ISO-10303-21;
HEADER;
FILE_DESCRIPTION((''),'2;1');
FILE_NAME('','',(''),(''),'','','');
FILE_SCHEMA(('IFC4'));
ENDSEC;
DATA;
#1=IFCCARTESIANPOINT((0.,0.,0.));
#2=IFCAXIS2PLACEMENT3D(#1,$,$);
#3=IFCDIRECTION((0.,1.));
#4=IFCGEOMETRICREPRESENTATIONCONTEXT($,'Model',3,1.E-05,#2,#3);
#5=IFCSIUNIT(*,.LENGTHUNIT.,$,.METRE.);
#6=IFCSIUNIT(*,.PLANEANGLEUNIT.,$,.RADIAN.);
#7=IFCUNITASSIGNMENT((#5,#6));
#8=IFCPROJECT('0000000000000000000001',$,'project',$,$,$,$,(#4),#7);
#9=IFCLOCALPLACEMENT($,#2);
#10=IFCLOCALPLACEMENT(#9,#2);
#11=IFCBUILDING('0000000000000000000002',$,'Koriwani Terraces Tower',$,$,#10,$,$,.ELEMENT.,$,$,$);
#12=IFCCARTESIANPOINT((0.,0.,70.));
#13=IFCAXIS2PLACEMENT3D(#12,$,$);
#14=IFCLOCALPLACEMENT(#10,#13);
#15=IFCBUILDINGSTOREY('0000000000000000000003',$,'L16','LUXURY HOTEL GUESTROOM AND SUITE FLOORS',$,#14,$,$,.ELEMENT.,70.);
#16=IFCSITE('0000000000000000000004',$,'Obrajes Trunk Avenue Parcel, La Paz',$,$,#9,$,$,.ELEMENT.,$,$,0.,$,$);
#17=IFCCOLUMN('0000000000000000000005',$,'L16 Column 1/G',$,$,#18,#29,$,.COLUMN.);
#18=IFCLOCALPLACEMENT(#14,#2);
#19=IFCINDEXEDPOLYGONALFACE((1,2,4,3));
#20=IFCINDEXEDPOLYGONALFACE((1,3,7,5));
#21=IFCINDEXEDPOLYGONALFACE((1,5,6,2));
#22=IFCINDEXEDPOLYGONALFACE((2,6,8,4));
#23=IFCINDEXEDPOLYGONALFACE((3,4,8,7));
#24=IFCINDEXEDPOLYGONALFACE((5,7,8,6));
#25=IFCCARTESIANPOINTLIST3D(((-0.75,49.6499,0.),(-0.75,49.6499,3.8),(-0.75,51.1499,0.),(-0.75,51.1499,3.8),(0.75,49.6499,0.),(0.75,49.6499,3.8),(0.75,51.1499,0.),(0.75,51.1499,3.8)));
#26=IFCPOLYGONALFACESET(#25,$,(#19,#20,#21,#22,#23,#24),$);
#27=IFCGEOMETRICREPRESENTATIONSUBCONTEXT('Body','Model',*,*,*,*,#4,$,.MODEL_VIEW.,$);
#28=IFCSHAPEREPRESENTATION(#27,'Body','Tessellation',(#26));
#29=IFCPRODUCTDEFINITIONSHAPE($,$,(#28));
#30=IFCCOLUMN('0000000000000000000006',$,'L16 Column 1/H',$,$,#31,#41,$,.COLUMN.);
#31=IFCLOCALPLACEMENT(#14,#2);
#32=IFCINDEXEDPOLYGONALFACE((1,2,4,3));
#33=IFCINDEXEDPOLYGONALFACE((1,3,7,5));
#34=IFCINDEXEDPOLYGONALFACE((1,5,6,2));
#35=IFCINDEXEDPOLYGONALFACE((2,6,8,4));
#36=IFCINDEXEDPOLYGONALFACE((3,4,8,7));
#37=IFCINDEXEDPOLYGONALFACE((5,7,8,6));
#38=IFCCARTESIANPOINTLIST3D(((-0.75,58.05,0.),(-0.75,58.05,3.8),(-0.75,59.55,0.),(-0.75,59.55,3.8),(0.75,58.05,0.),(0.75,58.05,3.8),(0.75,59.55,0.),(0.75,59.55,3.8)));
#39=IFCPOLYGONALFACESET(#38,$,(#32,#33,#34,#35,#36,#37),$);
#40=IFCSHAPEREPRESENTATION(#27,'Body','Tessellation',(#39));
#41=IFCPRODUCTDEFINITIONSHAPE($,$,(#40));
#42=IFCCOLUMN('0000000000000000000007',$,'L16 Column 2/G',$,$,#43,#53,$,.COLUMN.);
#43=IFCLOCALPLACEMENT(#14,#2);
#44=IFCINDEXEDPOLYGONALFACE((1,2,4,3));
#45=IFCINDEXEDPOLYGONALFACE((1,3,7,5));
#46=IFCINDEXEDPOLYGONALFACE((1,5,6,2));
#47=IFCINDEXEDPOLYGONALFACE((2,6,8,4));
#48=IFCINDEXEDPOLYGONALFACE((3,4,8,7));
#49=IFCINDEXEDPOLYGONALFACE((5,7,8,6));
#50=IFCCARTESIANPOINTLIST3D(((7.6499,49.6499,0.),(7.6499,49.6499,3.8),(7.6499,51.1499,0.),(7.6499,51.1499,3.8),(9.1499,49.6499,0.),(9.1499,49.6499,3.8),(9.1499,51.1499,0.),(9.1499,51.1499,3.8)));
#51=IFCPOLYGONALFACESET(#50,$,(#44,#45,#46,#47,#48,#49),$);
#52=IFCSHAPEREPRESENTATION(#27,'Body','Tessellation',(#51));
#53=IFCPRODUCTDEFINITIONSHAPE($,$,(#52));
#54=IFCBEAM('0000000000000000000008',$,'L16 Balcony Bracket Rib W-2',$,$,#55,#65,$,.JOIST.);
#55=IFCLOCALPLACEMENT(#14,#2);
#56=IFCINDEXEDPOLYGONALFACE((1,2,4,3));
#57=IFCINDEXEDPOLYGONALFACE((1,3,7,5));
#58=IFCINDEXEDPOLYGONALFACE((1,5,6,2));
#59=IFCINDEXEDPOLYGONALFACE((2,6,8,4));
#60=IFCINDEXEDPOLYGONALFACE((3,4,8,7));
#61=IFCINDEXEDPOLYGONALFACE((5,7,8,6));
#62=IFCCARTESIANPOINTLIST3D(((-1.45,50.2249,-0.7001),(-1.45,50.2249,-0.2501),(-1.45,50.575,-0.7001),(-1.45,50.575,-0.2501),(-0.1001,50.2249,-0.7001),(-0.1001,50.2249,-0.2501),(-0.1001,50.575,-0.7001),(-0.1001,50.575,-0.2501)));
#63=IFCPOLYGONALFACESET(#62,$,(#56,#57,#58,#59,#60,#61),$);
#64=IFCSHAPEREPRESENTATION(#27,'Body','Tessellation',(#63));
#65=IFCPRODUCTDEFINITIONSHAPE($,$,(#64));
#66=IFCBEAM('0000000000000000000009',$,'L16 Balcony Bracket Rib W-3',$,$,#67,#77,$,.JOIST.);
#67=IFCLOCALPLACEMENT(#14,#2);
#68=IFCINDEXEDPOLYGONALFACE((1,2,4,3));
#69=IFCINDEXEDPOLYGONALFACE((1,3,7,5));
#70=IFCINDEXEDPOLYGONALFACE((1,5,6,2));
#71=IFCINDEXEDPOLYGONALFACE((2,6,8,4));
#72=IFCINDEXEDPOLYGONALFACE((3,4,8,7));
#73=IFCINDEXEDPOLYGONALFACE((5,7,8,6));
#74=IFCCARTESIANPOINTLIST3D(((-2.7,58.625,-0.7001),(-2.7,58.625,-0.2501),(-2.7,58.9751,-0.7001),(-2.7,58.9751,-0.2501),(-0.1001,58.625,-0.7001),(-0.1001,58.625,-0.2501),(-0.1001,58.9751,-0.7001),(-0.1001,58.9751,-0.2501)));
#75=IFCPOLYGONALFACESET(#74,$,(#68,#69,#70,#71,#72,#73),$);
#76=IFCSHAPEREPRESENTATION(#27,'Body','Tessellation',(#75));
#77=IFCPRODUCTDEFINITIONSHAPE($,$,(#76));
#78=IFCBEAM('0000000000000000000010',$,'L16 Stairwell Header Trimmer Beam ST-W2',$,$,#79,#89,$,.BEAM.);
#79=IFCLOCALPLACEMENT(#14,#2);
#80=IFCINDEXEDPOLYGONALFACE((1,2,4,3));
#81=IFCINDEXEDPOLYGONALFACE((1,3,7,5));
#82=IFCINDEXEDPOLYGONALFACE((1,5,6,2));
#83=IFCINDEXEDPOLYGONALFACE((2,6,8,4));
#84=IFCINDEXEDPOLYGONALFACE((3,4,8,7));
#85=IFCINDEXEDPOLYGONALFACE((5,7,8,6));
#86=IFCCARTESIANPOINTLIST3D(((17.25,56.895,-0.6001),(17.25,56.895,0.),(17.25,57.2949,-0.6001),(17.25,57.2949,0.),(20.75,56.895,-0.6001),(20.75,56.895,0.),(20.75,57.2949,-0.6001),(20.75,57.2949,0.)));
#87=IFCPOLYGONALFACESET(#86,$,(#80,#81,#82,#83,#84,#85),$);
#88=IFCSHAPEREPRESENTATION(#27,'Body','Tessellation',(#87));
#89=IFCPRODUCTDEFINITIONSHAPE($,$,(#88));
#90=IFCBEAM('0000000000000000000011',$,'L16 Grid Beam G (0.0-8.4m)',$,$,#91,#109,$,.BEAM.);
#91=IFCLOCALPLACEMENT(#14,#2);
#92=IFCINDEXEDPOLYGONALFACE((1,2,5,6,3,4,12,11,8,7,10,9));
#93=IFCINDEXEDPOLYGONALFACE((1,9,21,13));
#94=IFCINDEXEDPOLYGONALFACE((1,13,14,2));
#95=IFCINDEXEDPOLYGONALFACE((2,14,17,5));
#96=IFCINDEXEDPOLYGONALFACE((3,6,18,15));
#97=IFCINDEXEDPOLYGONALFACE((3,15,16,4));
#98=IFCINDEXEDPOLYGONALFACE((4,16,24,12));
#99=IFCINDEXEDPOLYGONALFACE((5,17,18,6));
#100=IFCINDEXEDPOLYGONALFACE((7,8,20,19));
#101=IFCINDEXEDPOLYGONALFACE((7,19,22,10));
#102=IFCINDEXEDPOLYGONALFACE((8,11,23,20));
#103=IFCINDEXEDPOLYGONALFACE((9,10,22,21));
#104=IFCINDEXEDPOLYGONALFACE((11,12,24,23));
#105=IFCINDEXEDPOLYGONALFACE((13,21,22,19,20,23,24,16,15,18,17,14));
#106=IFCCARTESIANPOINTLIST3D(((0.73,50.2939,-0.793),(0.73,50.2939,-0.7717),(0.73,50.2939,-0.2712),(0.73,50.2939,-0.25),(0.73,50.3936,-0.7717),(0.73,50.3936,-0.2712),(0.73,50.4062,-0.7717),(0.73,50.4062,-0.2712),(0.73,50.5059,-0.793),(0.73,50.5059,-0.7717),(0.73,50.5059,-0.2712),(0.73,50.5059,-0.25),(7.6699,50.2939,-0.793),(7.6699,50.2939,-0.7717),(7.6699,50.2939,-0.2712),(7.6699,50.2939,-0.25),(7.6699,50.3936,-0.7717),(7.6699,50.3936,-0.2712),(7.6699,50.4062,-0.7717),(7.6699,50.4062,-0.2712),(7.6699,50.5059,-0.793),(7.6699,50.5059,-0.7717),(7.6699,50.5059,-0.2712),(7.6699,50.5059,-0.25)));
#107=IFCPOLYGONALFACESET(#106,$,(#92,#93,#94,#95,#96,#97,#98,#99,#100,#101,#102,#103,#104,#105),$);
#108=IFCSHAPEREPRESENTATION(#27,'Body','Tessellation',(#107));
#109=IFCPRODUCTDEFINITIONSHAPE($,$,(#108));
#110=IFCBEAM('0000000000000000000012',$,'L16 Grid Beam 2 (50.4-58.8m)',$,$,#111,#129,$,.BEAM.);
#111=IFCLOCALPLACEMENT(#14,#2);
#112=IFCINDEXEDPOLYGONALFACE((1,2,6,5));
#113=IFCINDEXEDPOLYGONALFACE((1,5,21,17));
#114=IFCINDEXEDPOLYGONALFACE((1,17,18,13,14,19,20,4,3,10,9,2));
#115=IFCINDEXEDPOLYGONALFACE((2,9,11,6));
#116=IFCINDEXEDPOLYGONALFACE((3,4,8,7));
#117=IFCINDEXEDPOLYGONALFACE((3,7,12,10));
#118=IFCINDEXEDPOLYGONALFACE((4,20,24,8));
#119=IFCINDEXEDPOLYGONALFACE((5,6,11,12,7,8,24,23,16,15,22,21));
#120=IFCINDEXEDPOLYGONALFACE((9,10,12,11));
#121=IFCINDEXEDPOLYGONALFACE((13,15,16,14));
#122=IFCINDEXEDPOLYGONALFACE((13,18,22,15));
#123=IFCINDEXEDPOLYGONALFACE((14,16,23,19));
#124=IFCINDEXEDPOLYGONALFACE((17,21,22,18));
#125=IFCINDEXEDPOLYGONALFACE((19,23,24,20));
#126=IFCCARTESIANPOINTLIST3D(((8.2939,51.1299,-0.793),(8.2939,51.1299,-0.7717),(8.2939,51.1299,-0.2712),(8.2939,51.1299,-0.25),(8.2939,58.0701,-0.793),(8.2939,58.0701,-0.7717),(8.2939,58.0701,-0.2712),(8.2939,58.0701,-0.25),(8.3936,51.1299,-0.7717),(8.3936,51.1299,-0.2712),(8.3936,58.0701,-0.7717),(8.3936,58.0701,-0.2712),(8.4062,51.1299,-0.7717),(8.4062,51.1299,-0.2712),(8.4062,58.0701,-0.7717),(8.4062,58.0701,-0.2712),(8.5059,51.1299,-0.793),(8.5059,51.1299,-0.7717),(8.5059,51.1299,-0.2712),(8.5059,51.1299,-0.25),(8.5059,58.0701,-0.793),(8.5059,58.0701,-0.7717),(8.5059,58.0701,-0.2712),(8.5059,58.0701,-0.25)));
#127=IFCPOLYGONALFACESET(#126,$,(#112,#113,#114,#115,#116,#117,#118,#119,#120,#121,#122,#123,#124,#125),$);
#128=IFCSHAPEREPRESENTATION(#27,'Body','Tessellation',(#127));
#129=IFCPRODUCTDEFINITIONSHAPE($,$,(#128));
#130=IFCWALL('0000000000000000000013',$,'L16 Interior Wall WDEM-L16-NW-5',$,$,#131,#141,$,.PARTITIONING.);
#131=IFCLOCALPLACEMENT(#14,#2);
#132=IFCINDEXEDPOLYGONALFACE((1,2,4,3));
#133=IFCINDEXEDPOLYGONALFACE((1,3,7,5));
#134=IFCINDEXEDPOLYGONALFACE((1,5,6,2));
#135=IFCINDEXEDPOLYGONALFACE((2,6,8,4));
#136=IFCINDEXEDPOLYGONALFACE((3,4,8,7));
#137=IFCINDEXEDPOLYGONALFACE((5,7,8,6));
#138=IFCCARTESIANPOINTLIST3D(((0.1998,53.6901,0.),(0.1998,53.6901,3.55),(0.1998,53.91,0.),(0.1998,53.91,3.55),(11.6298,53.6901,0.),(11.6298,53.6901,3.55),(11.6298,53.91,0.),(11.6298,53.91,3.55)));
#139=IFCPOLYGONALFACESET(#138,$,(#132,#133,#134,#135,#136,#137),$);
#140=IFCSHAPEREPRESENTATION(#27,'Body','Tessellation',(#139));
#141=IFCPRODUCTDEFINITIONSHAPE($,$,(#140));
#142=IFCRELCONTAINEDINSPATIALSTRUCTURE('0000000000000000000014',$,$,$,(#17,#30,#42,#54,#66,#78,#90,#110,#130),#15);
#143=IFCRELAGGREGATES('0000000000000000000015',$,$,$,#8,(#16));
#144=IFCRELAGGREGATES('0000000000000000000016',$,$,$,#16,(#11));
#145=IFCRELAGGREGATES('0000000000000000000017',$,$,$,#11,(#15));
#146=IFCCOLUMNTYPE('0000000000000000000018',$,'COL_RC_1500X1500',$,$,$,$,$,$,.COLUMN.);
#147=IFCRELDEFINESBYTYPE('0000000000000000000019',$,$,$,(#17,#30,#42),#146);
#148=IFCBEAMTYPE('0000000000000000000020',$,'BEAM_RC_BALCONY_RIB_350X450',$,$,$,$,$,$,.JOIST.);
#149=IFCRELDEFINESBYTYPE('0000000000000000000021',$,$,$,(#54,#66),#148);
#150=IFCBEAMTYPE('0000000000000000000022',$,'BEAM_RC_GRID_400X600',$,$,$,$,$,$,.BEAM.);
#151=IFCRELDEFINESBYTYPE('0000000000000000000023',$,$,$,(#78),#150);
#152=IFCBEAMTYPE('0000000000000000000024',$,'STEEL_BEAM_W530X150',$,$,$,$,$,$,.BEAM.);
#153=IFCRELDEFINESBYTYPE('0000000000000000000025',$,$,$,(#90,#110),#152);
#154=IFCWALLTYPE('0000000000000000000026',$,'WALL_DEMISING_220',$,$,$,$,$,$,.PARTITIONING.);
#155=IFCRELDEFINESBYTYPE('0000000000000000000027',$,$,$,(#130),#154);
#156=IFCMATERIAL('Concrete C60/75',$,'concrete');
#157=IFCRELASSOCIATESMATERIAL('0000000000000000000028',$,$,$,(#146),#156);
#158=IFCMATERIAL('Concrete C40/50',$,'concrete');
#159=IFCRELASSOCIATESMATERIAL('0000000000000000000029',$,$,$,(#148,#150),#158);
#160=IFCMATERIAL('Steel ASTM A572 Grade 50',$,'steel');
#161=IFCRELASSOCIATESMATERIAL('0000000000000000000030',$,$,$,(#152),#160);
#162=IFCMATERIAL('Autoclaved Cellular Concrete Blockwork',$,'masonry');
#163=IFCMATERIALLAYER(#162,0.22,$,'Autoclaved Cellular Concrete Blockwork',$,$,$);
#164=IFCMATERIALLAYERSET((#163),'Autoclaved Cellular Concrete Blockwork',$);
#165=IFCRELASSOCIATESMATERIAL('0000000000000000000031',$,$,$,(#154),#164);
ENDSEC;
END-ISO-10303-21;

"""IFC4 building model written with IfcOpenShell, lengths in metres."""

from ifc_helpers import new_model, si_unit, direction, frame, frame_2d, origin, origin_2d, place, context, subcontext, project, spatial, rectangle, i_section, extrude, material, layer, layer_set, material_profile, profile_set, type_object, element, save


model = new_model("IFC4")

# Units and contexts
model_context = context("Model", 3, precision=1e-05, world=origin(), true_north=direction((0.0, 1.0)))
body_context = subcontext(model_context, "Body", "Model", "MODEL_VIEW")
ifc_project = project(units=[si_unit("LENGTHUNIT", "METRE"), si_unit("PLANEANGLEUNIT", "RADIAN")], contexts=[model_context])

# Site, building, storey
site_placement = place(None, origin())
site = spatial("IfcSite", under=ifc_project, at=site_placement, Name="Obrajes Trunk Avenue Parcel, La Paz", CompositionType="ELEMENT", RefElevation=0.0)
building_placement = place(site_placement, origin())
building = spatial("IfcBuilding", under=site, at=building_placement, Name="Koriwani Terraces Tower", CompositionType="ELEMENT")
storey_placement = place(building_placement, frame((0.0, 0.0, 70.0)))
storey = spatial("IfcBuildingStorey", under=building, at=storey_placement, Name="L16", Description="LUXURY HOTEL GUESTROOM AND SUITE FLOORS", CompositionType="ELEMENT", Elevation=70.0)

# Columns
ifc_material_1 = material(Name="Concrete C60/75", Category="concrete")
ifc_material_profile_1 = material_profile(ifc_material_1, rectangle(XDim=1.5, YDim=1.5, at=origin_2d()), Name="Concrete C60/75", Category="LoadBearing")
ifc_profile_set_1 = profile_set([ifc_material_profile_1], Name="Concrete C60/75")
column_type = type_object("IfcColumnType", Name="COL_RC_1500X1500", PredefinedType="COLUMN", material=ifc_profile_set_1)
for number, where, z_axis, x_axis, name in (
    (1, (0.0, 50.3999, 0.0), (0.0, 0.0, 1.0), (1.0, 0.0, 0.0), "L16 Column 1/G"),
    (2, (0.0, 58.8, 0.0), (0.0, 0.0, 1.0), (1.0, 0.0, 0.0), "L16 Column 1/H"),
    (3, (8.3999, 50.3999, 0.0), (0.0, 0.0, 1.0), (1.0, 0.0, 0.0), "L16 Column 2/G"),
):
    element("IfcColumn", number, at=place(storey_placement, frame(where, z_axis=z_axis, x_axis=x_axis)), inside=storey, type_object=column_type, Name=name, PredefinedType="COLUMN", context=body_context, shape_type="SweptSolid", body=[
        extrude(rectangle(XDim=1.5, YDim=1.5, at=origin_2d()), origin(), (0.0, 0.0, 1.0), 3.8),
    ])

# Beams
ifc_material_2 = material(Name="Concrete C40/50", Category="concrete")
ifc_material_profile_2 = material_profile(ifc_material_2, rectangle(XDim=0.3501, YDim=0.45, at=origin_2d()), Name="Concrete C40/50", Category="LoadBearing")
ifc_profile_set_2 = profile_set([ifc_material_profile_2], Name="Concrete C40/50")
beam_type_1 = type_object("IfcBeamType", Name="BEAM_RC_BALCONY_RIB_350X450", PredefinedType="JOIST", material=ifc_profile_set_2)
beam_1_placement = place(storey_placement, frame((-1.45, 50.3999, -0.4751), z_axis=(1.0, 0.0, 0.0), x_axis=(0.0, 1.0, 0.0)))
element("IfcBeam", 4, at=beam_1_placement, inside=storey, type_object=beam_type_1, Name="L16 Balcony Bracket Rib W-2", PredefinedType="JOIST", context=body_context, shape_type="SweptSolid", body=[
    extrude(rectangle(XDim=0.3501, YDim=0.45, at=origin_2d()), origin(), (0.0, 0.0, 1.0), 1.3499),
])
beam_2_placement = place(storey_placement, frame((-2.7, 58.8, -0.4751), z_axis=(1.0, 0.0, 0.0), x_axis=(0.0, 1.0, 0.0)))
element("IfcBeam", 5, at=beam_2_placement, inside=storey, type_object=beam_type_1, Name="L16 Balcony Bracket Rib W-3", PredefinedType="JOIST", context=body_context, shape_type="SweptSolid", body=[
    extrude(rectangle(XDim=0.3501, YDim=0.45, at=origin_2d()), origin(), (0.0, 0.0, 1.0), 2.5999),
])
ifc_material_profile_3 = material_profile(ifc_material_2, rectangle(XDim=0.3999, YDim=0.6001, at=origin_2d()), Name="Concrete C40/50", Category="LoadBearing")
ifc_profile_set_3 = profile_set([ifc_material_profile_3], Name="Concrete C40/50")
beam_type_2 = type_object("IfcBeamType", Name="BEAM_RC_GRID_400X600", PredefinedType="BEAM", material=ifc_profile_set_3)
beam_3_placement = place(storey_placement, frame((17.25, 57.095, -0.3), z_axis=(1.0, 0.0, 0.0), x_axis=(0.0, 1.0, 0.0)))
element("IfcBeam", 6, at=beam_3_placement, inside=storey, type_object=beam_type_2, Name="L16 Stairwell Header Trimmer Beam ST-W2", PredefinedType="BEAM", context=body_context, shape_type="SweptSolid", body=[
    extrude(rectangle(XDim=0.3999, YDim=0.6001, at=origin_2d()), origin(), (0.0, 0.0, 1.0), 3.5),
])
ifc_material_3 = material(Name="Steel ASTM A572 Grade 50", Category="steel")
ifc_material_profile_4 = material_profile(ifc_material_3, i_section(OverallWidth=0.2119, OverallDepth=0.543, WebThickness=0.0127, FlangeThickness=0.0212, at=origin_2d()), Name="Steel ASTM A572 Grade 50", Category="LoadBearing")
ifc_profile_set_4 = profile_set([ifc_material_profile_4], Name="Steel ASTM A572 Grade 50")
beam_type_3 = type_object("IfcBeamType", Name="STEEL_BEAM_W530X150", PredefinedType="BEAM", material=ifc_profile_set_4)
beam_4_placement = place(storey_placement, frame((0.73, 50.3999, -0.5215), z_axis=(1.0, 0.0, 0.0), x_axis=(0.0, 1.0, 0.0)))
element("IfcBeam", 7, at=beam_4_placement, inside=storey, type_object=beam_type_3, Name="L16 Grid Beam G (0.0-8.4m)", PredefinedType="BEAM", context=body_context, shape_type="SweptSolid", body=[
    extrude(i_section(OverallWidth=0.2119, OverallDepth=0.543, WebThickness=0.0127, FlangeThickness=0.0212, at=origin_2d()), origin(), (0.0, 0.0, 1.0), 6.9399),
])
beam_5_placement = place(storey_placement, frame((8.3999, 51.1299, -0.5215), z_axis=(0.0, 1.0, 0.0), x_axis=(-1.0, 0.0, 0.0)))
element("IfcBeam", 8, at=beam_5_placement, inside=storey, type_object=beam_type_3, Name="L16 Grid Beam 2 (50.4-58.8m)", PredefinedType="BEAM", context=body_context, shape_type="SweptSolid", body=[
    extrude(i_section(OverallWidth=0.2119, OverallDepth=0.543, WebThickness=0.0127, FlangeThickness=0.0212, at=origin_2d()), origin(), (0.0, 0.0, 1.0), 6.9402),
])

# Wall
ifc_material_4 = material(Name="Autoclaved Cellular Concrete Blockwork", Category="masonry")
ifc_layer_1 = layer(ifc_material_4, 0.22, Name="Autoclaved Cellular Concrete Blockwork")
ifc_layer_set_1 = layer_set([ifc_layer_1], Name="Autoclaved Cellular Concrete Blockwork")
wall_type_1 = type_object("IfcWallType", Name="WALL_DEMISING_220", PredefinedType="PARTITIONING", material=ifc_layer_set_1)
wall_1_placement = place(storey_placement, frame((0.2, 53.8, 0.0), z_axis=(0.0, 0.0, 1.0), x_axis=(1.0, 0.0, 0.0)))
element("IfcWall", 9, at=wall_1_placement, inside=storey, type_object=wall_type_1, Name="L16 Interior Wall WDEM-L16-NW-5", PredefinedType="PARTITIONING", context=body_context, shape_type="SweptSolid", body=[
    extrude(rectangle(XDim=11.4299, YDim=0.22, at=frame_2d((5.7148, 0.0))), origin(), (0.0, 0.0, 1.0), 3.55),
])

save(model, "model.ifc")
